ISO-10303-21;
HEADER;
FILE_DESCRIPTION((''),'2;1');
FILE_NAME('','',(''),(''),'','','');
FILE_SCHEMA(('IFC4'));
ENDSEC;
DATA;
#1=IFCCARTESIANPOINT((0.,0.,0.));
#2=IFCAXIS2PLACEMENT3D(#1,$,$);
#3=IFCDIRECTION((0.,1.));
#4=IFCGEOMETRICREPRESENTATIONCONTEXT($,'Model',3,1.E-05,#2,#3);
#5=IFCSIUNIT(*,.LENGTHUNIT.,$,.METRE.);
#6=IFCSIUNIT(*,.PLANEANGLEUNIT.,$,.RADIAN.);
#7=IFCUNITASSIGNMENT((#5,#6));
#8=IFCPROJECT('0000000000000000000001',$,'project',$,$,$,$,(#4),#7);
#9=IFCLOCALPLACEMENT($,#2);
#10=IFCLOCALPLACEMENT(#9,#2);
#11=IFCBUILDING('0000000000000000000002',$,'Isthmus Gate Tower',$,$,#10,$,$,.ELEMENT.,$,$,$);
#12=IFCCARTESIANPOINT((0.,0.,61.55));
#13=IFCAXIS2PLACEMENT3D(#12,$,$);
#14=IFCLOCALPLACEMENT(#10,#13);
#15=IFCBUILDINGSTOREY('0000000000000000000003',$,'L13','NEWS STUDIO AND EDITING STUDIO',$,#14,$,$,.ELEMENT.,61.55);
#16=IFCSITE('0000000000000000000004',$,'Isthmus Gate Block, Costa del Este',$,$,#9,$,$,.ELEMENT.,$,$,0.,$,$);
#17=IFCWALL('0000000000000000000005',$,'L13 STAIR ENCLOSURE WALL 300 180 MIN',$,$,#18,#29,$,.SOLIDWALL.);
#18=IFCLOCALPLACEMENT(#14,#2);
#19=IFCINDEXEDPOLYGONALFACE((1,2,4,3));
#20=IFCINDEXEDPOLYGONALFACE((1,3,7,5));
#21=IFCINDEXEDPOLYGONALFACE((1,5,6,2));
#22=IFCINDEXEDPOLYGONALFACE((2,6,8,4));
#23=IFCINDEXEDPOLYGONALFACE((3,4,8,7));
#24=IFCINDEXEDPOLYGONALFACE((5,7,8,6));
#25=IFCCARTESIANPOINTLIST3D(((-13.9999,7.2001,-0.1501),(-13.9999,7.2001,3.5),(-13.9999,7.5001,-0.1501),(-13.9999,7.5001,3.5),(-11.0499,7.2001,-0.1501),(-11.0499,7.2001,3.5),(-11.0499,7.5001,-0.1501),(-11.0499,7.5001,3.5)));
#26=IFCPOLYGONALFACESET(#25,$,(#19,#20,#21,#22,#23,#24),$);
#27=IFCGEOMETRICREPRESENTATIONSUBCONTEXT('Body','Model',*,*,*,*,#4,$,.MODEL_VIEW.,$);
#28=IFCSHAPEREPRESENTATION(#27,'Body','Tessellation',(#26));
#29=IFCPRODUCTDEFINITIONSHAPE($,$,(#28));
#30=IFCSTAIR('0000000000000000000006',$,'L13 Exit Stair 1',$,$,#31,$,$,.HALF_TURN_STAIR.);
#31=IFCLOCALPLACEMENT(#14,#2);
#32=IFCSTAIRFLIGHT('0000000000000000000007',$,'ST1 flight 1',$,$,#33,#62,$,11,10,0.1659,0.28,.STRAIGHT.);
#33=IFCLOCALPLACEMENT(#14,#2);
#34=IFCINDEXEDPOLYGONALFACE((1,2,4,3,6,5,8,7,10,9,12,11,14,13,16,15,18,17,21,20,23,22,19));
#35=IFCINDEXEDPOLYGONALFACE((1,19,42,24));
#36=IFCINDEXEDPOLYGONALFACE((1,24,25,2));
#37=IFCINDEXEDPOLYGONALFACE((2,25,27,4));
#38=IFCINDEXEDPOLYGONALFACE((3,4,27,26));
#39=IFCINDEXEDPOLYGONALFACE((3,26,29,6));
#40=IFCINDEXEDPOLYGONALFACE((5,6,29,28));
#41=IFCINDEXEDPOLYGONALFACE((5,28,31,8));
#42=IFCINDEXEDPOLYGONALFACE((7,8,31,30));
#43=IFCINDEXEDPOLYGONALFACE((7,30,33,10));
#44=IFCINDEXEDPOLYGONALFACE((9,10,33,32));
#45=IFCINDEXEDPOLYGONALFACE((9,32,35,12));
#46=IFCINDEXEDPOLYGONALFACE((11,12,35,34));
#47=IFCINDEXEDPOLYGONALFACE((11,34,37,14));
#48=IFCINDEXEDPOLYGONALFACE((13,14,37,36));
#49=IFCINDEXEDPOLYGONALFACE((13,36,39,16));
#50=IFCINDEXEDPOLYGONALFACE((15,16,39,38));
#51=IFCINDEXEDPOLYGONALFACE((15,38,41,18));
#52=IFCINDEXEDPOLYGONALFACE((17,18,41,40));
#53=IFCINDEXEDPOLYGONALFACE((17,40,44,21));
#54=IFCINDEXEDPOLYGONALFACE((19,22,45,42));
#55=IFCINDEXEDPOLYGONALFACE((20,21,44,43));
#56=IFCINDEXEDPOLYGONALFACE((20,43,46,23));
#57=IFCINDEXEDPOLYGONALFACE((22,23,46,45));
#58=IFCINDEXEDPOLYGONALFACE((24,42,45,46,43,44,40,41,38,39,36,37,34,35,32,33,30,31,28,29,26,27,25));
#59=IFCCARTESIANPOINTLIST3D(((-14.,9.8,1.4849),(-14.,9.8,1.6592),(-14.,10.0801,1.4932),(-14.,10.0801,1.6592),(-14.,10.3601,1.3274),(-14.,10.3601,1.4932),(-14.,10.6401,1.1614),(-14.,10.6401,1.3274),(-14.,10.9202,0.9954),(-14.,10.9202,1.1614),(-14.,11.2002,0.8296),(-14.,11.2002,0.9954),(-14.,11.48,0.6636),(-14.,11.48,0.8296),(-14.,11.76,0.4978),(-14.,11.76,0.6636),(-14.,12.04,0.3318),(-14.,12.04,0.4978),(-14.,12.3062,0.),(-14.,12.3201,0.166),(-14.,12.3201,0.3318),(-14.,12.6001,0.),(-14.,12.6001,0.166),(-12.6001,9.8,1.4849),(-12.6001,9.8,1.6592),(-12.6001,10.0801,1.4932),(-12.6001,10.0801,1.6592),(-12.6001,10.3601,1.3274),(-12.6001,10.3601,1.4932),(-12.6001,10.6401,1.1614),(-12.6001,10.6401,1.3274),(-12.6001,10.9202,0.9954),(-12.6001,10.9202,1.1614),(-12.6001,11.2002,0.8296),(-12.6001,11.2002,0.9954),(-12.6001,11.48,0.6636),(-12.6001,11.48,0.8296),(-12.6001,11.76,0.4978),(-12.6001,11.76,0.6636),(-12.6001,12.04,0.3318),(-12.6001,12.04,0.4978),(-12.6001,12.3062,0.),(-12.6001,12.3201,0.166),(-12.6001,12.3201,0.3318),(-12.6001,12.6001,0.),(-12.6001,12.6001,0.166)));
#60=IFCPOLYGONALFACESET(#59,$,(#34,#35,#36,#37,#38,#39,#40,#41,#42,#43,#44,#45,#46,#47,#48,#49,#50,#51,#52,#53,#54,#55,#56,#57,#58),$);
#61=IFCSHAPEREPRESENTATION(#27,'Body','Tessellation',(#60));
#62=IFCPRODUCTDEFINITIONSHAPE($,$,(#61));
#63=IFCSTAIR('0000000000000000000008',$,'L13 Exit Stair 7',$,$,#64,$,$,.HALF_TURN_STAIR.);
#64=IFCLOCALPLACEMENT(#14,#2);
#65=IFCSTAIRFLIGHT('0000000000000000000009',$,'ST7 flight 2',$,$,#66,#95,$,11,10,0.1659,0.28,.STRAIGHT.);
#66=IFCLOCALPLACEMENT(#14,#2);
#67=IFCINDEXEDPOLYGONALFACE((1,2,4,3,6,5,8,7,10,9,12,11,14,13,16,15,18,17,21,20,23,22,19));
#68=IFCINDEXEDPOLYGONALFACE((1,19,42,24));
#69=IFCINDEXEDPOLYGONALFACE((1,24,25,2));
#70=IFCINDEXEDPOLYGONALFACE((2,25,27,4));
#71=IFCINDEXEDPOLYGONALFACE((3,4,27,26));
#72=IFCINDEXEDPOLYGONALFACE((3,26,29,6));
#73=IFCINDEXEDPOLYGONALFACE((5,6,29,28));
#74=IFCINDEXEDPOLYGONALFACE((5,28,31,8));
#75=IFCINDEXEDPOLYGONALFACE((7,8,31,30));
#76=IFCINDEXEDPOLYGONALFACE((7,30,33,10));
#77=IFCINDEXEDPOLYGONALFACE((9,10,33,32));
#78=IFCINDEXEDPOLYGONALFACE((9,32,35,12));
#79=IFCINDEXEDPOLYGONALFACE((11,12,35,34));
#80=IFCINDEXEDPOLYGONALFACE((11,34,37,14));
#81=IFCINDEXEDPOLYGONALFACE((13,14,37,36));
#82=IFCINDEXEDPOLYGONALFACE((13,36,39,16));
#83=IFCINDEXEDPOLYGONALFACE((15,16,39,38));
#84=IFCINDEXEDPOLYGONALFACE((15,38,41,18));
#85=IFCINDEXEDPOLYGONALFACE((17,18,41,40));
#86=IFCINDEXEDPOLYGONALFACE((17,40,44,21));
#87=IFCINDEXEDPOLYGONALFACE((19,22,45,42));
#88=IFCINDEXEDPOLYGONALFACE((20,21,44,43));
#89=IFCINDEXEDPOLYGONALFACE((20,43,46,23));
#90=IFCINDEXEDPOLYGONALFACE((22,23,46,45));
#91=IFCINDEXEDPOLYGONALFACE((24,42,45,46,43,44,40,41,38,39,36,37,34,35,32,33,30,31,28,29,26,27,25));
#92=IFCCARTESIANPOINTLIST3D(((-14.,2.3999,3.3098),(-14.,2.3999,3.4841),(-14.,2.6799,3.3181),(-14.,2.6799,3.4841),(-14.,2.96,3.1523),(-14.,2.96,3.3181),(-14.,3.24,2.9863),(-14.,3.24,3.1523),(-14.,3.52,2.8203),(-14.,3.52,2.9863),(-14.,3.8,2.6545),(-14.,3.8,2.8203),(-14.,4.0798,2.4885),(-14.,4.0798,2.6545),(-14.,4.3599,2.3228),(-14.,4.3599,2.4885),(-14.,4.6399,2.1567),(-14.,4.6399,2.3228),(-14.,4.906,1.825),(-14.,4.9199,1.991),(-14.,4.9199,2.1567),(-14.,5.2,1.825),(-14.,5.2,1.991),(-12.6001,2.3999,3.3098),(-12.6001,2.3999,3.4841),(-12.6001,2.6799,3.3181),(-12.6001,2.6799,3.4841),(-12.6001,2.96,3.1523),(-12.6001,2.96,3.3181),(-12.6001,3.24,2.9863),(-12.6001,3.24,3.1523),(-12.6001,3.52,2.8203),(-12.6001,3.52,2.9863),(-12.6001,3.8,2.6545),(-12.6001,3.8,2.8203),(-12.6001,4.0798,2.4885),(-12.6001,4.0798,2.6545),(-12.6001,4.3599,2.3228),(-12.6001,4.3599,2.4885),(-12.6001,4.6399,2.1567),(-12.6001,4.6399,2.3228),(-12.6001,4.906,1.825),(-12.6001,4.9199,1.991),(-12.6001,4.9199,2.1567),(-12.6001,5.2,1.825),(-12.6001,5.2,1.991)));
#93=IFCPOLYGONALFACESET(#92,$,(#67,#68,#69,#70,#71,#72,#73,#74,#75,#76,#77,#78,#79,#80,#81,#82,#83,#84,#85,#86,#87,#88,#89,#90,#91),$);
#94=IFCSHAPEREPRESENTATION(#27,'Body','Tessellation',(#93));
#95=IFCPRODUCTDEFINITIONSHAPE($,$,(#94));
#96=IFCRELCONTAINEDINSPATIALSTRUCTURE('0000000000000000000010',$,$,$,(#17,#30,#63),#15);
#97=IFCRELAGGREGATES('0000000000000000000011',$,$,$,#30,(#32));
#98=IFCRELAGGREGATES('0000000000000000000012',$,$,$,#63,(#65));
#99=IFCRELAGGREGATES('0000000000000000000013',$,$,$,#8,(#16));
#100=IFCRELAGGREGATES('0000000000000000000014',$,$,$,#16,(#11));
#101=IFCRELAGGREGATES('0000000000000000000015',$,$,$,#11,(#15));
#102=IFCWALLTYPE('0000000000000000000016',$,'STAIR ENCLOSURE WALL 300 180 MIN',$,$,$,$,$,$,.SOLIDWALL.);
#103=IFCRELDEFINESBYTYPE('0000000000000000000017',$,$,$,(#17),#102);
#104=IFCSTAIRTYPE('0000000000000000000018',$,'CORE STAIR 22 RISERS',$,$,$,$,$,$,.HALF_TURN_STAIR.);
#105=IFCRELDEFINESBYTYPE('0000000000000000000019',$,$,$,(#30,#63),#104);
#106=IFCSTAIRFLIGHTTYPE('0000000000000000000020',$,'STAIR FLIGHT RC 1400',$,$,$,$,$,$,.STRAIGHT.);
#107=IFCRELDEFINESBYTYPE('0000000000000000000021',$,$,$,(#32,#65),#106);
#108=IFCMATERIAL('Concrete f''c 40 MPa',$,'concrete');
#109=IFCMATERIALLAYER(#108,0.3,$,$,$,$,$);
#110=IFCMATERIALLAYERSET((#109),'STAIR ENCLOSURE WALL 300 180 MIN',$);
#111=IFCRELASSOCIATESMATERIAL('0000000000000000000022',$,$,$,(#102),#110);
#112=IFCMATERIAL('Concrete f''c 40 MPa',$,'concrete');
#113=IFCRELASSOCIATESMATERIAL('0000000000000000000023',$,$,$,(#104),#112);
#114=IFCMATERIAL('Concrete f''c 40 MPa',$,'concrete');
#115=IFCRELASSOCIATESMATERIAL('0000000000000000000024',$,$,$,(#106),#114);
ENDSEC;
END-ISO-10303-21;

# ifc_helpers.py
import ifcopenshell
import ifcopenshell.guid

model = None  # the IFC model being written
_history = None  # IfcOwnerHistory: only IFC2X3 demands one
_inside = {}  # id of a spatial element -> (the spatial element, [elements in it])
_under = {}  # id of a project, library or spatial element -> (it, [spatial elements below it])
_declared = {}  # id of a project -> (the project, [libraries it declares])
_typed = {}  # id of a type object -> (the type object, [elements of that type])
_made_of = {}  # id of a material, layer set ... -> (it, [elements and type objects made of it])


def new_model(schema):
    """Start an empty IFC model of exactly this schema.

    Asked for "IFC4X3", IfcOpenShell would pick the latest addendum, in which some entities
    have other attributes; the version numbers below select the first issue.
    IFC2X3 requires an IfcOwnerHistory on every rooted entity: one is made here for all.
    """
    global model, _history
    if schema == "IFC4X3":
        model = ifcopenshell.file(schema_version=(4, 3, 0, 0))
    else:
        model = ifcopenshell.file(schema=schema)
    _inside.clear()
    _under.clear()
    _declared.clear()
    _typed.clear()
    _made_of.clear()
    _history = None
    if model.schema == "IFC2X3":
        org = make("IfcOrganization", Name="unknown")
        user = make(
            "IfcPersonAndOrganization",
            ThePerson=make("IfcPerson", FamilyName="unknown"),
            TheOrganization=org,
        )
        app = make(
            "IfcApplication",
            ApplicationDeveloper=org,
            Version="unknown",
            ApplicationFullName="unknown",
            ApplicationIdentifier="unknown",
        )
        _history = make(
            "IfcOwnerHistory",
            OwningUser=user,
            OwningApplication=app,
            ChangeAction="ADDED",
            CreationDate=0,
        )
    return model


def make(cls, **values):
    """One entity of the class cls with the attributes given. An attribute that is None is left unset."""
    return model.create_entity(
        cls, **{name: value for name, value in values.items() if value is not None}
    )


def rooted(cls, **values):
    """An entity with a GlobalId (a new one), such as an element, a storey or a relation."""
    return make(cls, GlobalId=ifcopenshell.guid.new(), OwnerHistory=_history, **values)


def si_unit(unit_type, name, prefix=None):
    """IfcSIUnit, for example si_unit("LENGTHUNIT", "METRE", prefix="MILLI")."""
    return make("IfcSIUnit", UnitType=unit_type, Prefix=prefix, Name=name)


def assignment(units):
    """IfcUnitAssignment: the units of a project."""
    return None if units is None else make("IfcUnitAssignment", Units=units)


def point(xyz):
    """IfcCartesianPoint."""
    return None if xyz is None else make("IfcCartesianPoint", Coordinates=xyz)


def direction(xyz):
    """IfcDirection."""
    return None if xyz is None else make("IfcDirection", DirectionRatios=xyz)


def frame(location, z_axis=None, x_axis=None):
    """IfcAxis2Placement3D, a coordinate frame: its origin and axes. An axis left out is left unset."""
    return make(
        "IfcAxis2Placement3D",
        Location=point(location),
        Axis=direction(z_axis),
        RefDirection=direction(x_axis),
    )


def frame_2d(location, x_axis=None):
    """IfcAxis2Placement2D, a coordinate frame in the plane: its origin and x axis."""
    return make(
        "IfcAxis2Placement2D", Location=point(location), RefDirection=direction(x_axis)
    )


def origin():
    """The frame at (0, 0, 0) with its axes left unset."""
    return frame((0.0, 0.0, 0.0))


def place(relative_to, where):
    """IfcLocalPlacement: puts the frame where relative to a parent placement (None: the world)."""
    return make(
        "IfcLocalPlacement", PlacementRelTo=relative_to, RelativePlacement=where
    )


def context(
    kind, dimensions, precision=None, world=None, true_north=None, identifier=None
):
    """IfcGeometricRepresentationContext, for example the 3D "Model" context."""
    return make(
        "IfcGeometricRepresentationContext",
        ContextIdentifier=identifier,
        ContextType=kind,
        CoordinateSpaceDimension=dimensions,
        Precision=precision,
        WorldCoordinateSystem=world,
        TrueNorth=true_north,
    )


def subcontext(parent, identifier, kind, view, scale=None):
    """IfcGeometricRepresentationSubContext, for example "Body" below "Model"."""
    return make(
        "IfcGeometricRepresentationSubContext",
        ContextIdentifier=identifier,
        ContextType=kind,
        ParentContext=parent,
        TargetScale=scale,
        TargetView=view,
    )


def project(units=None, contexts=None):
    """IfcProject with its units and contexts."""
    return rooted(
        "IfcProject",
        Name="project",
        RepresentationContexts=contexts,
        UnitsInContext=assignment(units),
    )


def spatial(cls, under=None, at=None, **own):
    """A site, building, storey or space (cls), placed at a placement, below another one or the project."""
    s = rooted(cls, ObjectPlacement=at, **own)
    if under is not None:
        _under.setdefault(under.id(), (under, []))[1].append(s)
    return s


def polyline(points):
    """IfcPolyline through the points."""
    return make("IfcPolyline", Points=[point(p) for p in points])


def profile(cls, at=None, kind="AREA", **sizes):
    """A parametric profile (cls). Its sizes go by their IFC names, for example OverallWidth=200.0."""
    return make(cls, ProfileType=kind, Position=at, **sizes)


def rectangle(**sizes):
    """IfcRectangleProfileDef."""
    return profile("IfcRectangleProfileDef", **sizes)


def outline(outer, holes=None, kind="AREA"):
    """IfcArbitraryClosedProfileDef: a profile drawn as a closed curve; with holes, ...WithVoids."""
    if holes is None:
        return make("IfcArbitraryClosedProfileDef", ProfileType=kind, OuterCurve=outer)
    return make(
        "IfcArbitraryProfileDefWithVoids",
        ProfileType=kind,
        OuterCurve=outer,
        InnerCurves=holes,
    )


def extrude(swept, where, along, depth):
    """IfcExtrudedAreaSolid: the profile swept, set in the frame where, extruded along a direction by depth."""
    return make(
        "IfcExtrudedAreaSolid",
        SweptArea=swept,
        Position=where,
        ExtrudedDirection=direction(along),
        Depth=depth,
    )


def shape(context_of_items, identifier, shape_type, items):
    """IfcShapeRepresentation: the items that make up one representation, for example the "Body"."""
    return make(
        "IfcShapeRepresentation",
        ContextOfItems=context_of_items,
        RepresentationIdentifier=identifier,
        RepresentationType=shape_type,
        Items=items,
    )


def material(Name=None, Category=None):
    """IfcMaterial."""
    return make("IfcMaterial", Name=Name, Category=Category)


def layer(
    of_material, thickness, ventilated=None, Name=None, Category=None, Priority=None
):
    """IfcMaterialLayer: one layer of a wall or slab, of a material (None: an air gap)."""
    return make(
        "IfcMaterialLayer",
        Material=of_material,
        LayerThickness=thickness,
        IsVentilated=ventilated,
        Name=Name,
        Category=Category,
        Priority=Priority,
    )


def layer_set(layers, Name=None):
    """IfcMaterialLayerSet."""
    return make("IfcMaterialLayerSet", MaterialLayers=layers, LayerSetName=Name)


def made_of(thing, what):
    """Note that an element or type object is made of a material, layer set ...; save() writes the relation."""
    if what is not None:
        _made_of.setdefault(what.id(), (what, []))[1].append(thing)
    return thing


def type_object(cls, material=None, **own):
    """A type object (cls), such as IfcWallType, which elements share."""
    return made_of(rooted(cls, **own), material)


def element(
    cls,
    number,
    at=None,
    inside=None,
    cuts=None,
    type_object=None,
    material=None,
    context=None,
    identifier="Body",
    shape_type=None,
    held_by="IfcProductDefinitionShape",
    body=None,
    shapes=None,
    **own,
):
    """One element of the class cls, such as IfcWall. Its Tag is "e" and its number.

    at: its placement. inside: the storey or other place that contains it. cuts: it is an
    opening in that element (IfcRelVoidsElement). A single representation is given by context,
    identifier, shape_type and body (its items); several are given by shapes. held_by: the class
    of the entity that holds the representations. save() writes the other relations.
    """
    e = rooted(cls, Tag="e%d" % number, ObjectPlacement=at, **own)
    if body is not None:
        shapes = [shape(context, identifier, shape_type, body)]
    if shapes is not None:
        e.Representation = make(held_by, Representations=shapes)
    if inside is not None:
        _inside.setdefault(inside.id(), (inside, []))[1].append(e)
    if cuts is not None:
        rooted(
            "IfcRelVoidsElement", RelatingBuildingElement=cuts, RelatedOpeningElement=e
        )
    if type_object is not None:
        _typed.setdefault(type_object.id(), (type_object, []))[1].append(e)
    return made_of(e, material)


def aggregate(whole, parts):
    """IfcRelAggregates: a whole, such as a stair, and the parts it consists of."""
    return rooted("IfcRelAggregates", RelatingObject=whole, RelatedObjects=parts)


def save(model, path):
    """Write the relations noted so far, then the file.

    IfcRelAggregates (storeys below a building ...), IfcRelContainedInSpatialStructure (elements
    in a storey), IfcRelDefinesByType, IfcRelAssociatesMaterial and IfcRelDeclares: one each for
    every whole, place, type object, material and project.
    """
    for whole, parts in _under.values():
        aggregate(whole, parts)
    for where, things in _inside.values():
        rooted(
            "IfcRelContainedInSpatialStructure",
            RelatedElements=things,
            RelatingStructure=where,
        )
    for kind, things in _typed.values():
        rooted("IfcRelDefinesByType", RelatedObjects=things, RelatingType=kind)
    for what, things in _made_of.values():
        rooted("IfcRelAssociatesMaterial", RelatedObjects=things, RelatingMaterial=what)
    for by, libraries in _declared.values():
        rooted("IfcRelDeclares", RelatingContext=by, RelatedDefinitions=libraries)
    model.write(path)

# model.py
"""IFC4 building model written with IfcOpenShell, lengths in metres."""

from ifc_helpers import new_model, si_unit, direction, frame, frame_2d, origin, place, context, subcontext, project, spatial, polyline, rectangle, outline, extrude, material, layer, layer_set, type_object, element, aggregate, save


model = new_model("IFC4")

# Units and contexts
model_context = context("Model", 3, precision=1e-05, world=origin(), true_north=direction((0.0, 1.0)))
body_context = subcontext(model_context, "Body", "Model", "MODEL_VIEW")
ifc_project = project(units=[si_unit("LENGTHUNIT", "METRE"), si_unit("PLANEANGLEUNIT", "RADIAN")], contexts=[model_context])

# Site, building, storey
site_placement = place(None, origin())
site = spatial("IfcSite", under=ifc_project, at=site_placement, Name="Isthmus Gate Block, Costa del Este", CompositionType="ELEMENT", RefElevation=0.0)
building_placement = place(site_placement, origin())
building = spatial("IfcBuilding", under=site, at=building_placement, Name="Isthmus Gate Tower", CompositionType="ELEMENT")
storey_placement = place(building_placement, frame((0.0, 0.0, 61.55)))
storey = spatial("IfcBuildingStorey", under=building, at=storey_placement, Name="L13", Description="NEWS STUDIO AND EDITING STUDIO", CompositionType="ELEMENT", Elevation=61.55)

# Wall
ifc_material_1 = material(Name="Concrete f'c 40 MPa", Category="concrete")
ifc_layer_1 = layer(ifc_material_1, 0.3)
ifc_layer_set_1 = layer_set([ifc_layer_1], Name="STAIR ENCLOSURE WALL 300 180 MIN")
wall_type_1 = type_object("IfcWallType", Name="STAIR ENCLOSURE WALL 300 180 MIN", PredefinedType="SOLIDWALL", material=ifc_layer_set_1)
wall_1_placement = place(storey_placement, frame((-14.0, 7.3501, -0.1501), z_axis=(0.0, 0.0, 1.0), x_axis=(1.0, 0.0, 0.0)))
element("IfcWall", 1, at=wall_1_placement, inside=storey, type_object=wall_type_1, Name="L13 STAIR ENCLOSURE WALL 300 180 MIN", PredefinedType="SOLIDWALL", context=body_context, shape_type="SweptSolid", body=[
    extrude(rectangle(XDim=2.95, YDim=0.3, at=frame_2d((1.4751, 0.0))), origin(), (0.0, 0.0, 1.0), 3.6501),
])

# Stairs, stair flights
ifc_material_2 = material(Name="Concrete f'c 40 MPa", Category="concrete")
stair_type = type_object("IfcStairType", Name="CORE STAIR 22 RISERS", PredefinedType="HALF_TURN_STAIR", material=ifc_material_2)
stair_1_placement = place(storey_placement, origin())
stair_1 = element("IfcStair", 2, at=stair_1_placement, inside=storey, type_object=stair_type, Name="L13 Exit Stair 1", PredefinedType="HALF_TURN_STAIR")
ifc_material_3 = material(Name="Concrete f'c 40 MPa", Category="concrete")
stair_flight_type = type_object("IfcStairFlightType", Name="STAIR FLIGHT RC 1400", PredefinedType="STRAIGHT", material=ifc_material_3)
stair_flight_1_placement = place(storey_placement, frame((-13.3, 12.6001, 0.0), z_axis=(0.0, 0.0, 1.0), x_axis=(0.0, -1.0, 0.0)))
stair_flight_1 = element("IfcStairFlight", 3, at=stair_flight_1_placement, type_object=stair_flight_type, Name="ST1 flight 1", NumberOfRisers=11, NumberOfTreads=10, PredefinedType="STRAIGHT", RiserHeight=0.1659, TreadLength=0.28, context=body_context, shape_type="SweptSolid", body=[
    extrude(outline(polyline([(0.0, 0.0), (0.0, 0.166), (0.28, 0.166), (0.28, 0.3318), (0.5601, 0.3318), (0.5601, 0.4978), (0.8401, 0.4978), (0.8401, 0.6636), (1.1201, 0.6636), (1.1201, 0.8296), (1.3999, 0.8296), (1.3999, 0.9954), (1.6799, 0.9954), (1.6799, 1.1614), (1.96, 1.1614), (1.96, 1.3274), (2.24, 1.3274), (2.24, 1.4932), (2.52, 1.4932), (2.52, 1.6592), (2.8, 1.6592), (2.8, 1.825), (2.8, 1.4849), (0.2939, 0.0), (0.0, 0.0)])), frame((0.0, 0.7, 0.0), z_axis=(0.0, -1.0, 0.0), x_axis=(1.0, 0.0, 0.0)), (0.0, 0.0, 1.0), 1.3999),
])
aggregate(stair_1, [stair_flight_1])
stair_2_placement = place(storey_placement, origin())
stair_2 = element("IfcStair", 4, at=stair_2_placement, inside=storey, type_object=stair_type, Name="L13 Exit Stair 7", PredefinedType="HALF_TURN_STAIR")
stair_flight_2_placement = place(storey_placement, frame((-13.3, 5.2, 1.825), z_axis=(0.0, 0.0, 1.0), x_axis=(0.0, -1.0, 0.0)))
stair_flight_2 = element("IfcStairFlight", 5, at=stair_flight_2_placement, type_object=stair_flight_type, Name="ST7 flight 2", NumberOfRisers=11, NumberOfTreads=10, PredefinedType="STRAIGHT", RiserHeight=0.1659, TreadLength=0.28, context=body_context, shape_type="SweptSolid", body=[
    extrude(outline(polyline([(0.0, 0.0), (0.0, 0.166), (0.28, 0.166), (0.28, 0.3318), (0.5601, 0.3318), (0.5601, 0.4978), (0.8401, 0.4978), (0.8401, 0.6636), (1.1201, 0.6636), (1.1201, 0.8296), (1.3999, 0.8296), (1.3999, 0.9954), (1.6799, 0.9954), (1.6799, 1.1614), (1.96, 1.1614), (1.96, 1.3274), (2.24, 1.3274), (2.24, 1.4932), (2.52, 1.4932), (2.52, 1.6592), (2.8, 1.6592), (2.8, 1.825), (2.8, 1.4849), (0.2939, 0.0), (0.0, 0.0)])), frame((0.0, 0.7, 0.0), z_axis=(0.0, -1.0, 0.0), x_axis=(1.0, 0.0, 0.0)), (0.0, 0.0, 1.0), 1.3999),
])
aggregate(stair_2, [stair_flight_2])

save(model, "model.ifc")
